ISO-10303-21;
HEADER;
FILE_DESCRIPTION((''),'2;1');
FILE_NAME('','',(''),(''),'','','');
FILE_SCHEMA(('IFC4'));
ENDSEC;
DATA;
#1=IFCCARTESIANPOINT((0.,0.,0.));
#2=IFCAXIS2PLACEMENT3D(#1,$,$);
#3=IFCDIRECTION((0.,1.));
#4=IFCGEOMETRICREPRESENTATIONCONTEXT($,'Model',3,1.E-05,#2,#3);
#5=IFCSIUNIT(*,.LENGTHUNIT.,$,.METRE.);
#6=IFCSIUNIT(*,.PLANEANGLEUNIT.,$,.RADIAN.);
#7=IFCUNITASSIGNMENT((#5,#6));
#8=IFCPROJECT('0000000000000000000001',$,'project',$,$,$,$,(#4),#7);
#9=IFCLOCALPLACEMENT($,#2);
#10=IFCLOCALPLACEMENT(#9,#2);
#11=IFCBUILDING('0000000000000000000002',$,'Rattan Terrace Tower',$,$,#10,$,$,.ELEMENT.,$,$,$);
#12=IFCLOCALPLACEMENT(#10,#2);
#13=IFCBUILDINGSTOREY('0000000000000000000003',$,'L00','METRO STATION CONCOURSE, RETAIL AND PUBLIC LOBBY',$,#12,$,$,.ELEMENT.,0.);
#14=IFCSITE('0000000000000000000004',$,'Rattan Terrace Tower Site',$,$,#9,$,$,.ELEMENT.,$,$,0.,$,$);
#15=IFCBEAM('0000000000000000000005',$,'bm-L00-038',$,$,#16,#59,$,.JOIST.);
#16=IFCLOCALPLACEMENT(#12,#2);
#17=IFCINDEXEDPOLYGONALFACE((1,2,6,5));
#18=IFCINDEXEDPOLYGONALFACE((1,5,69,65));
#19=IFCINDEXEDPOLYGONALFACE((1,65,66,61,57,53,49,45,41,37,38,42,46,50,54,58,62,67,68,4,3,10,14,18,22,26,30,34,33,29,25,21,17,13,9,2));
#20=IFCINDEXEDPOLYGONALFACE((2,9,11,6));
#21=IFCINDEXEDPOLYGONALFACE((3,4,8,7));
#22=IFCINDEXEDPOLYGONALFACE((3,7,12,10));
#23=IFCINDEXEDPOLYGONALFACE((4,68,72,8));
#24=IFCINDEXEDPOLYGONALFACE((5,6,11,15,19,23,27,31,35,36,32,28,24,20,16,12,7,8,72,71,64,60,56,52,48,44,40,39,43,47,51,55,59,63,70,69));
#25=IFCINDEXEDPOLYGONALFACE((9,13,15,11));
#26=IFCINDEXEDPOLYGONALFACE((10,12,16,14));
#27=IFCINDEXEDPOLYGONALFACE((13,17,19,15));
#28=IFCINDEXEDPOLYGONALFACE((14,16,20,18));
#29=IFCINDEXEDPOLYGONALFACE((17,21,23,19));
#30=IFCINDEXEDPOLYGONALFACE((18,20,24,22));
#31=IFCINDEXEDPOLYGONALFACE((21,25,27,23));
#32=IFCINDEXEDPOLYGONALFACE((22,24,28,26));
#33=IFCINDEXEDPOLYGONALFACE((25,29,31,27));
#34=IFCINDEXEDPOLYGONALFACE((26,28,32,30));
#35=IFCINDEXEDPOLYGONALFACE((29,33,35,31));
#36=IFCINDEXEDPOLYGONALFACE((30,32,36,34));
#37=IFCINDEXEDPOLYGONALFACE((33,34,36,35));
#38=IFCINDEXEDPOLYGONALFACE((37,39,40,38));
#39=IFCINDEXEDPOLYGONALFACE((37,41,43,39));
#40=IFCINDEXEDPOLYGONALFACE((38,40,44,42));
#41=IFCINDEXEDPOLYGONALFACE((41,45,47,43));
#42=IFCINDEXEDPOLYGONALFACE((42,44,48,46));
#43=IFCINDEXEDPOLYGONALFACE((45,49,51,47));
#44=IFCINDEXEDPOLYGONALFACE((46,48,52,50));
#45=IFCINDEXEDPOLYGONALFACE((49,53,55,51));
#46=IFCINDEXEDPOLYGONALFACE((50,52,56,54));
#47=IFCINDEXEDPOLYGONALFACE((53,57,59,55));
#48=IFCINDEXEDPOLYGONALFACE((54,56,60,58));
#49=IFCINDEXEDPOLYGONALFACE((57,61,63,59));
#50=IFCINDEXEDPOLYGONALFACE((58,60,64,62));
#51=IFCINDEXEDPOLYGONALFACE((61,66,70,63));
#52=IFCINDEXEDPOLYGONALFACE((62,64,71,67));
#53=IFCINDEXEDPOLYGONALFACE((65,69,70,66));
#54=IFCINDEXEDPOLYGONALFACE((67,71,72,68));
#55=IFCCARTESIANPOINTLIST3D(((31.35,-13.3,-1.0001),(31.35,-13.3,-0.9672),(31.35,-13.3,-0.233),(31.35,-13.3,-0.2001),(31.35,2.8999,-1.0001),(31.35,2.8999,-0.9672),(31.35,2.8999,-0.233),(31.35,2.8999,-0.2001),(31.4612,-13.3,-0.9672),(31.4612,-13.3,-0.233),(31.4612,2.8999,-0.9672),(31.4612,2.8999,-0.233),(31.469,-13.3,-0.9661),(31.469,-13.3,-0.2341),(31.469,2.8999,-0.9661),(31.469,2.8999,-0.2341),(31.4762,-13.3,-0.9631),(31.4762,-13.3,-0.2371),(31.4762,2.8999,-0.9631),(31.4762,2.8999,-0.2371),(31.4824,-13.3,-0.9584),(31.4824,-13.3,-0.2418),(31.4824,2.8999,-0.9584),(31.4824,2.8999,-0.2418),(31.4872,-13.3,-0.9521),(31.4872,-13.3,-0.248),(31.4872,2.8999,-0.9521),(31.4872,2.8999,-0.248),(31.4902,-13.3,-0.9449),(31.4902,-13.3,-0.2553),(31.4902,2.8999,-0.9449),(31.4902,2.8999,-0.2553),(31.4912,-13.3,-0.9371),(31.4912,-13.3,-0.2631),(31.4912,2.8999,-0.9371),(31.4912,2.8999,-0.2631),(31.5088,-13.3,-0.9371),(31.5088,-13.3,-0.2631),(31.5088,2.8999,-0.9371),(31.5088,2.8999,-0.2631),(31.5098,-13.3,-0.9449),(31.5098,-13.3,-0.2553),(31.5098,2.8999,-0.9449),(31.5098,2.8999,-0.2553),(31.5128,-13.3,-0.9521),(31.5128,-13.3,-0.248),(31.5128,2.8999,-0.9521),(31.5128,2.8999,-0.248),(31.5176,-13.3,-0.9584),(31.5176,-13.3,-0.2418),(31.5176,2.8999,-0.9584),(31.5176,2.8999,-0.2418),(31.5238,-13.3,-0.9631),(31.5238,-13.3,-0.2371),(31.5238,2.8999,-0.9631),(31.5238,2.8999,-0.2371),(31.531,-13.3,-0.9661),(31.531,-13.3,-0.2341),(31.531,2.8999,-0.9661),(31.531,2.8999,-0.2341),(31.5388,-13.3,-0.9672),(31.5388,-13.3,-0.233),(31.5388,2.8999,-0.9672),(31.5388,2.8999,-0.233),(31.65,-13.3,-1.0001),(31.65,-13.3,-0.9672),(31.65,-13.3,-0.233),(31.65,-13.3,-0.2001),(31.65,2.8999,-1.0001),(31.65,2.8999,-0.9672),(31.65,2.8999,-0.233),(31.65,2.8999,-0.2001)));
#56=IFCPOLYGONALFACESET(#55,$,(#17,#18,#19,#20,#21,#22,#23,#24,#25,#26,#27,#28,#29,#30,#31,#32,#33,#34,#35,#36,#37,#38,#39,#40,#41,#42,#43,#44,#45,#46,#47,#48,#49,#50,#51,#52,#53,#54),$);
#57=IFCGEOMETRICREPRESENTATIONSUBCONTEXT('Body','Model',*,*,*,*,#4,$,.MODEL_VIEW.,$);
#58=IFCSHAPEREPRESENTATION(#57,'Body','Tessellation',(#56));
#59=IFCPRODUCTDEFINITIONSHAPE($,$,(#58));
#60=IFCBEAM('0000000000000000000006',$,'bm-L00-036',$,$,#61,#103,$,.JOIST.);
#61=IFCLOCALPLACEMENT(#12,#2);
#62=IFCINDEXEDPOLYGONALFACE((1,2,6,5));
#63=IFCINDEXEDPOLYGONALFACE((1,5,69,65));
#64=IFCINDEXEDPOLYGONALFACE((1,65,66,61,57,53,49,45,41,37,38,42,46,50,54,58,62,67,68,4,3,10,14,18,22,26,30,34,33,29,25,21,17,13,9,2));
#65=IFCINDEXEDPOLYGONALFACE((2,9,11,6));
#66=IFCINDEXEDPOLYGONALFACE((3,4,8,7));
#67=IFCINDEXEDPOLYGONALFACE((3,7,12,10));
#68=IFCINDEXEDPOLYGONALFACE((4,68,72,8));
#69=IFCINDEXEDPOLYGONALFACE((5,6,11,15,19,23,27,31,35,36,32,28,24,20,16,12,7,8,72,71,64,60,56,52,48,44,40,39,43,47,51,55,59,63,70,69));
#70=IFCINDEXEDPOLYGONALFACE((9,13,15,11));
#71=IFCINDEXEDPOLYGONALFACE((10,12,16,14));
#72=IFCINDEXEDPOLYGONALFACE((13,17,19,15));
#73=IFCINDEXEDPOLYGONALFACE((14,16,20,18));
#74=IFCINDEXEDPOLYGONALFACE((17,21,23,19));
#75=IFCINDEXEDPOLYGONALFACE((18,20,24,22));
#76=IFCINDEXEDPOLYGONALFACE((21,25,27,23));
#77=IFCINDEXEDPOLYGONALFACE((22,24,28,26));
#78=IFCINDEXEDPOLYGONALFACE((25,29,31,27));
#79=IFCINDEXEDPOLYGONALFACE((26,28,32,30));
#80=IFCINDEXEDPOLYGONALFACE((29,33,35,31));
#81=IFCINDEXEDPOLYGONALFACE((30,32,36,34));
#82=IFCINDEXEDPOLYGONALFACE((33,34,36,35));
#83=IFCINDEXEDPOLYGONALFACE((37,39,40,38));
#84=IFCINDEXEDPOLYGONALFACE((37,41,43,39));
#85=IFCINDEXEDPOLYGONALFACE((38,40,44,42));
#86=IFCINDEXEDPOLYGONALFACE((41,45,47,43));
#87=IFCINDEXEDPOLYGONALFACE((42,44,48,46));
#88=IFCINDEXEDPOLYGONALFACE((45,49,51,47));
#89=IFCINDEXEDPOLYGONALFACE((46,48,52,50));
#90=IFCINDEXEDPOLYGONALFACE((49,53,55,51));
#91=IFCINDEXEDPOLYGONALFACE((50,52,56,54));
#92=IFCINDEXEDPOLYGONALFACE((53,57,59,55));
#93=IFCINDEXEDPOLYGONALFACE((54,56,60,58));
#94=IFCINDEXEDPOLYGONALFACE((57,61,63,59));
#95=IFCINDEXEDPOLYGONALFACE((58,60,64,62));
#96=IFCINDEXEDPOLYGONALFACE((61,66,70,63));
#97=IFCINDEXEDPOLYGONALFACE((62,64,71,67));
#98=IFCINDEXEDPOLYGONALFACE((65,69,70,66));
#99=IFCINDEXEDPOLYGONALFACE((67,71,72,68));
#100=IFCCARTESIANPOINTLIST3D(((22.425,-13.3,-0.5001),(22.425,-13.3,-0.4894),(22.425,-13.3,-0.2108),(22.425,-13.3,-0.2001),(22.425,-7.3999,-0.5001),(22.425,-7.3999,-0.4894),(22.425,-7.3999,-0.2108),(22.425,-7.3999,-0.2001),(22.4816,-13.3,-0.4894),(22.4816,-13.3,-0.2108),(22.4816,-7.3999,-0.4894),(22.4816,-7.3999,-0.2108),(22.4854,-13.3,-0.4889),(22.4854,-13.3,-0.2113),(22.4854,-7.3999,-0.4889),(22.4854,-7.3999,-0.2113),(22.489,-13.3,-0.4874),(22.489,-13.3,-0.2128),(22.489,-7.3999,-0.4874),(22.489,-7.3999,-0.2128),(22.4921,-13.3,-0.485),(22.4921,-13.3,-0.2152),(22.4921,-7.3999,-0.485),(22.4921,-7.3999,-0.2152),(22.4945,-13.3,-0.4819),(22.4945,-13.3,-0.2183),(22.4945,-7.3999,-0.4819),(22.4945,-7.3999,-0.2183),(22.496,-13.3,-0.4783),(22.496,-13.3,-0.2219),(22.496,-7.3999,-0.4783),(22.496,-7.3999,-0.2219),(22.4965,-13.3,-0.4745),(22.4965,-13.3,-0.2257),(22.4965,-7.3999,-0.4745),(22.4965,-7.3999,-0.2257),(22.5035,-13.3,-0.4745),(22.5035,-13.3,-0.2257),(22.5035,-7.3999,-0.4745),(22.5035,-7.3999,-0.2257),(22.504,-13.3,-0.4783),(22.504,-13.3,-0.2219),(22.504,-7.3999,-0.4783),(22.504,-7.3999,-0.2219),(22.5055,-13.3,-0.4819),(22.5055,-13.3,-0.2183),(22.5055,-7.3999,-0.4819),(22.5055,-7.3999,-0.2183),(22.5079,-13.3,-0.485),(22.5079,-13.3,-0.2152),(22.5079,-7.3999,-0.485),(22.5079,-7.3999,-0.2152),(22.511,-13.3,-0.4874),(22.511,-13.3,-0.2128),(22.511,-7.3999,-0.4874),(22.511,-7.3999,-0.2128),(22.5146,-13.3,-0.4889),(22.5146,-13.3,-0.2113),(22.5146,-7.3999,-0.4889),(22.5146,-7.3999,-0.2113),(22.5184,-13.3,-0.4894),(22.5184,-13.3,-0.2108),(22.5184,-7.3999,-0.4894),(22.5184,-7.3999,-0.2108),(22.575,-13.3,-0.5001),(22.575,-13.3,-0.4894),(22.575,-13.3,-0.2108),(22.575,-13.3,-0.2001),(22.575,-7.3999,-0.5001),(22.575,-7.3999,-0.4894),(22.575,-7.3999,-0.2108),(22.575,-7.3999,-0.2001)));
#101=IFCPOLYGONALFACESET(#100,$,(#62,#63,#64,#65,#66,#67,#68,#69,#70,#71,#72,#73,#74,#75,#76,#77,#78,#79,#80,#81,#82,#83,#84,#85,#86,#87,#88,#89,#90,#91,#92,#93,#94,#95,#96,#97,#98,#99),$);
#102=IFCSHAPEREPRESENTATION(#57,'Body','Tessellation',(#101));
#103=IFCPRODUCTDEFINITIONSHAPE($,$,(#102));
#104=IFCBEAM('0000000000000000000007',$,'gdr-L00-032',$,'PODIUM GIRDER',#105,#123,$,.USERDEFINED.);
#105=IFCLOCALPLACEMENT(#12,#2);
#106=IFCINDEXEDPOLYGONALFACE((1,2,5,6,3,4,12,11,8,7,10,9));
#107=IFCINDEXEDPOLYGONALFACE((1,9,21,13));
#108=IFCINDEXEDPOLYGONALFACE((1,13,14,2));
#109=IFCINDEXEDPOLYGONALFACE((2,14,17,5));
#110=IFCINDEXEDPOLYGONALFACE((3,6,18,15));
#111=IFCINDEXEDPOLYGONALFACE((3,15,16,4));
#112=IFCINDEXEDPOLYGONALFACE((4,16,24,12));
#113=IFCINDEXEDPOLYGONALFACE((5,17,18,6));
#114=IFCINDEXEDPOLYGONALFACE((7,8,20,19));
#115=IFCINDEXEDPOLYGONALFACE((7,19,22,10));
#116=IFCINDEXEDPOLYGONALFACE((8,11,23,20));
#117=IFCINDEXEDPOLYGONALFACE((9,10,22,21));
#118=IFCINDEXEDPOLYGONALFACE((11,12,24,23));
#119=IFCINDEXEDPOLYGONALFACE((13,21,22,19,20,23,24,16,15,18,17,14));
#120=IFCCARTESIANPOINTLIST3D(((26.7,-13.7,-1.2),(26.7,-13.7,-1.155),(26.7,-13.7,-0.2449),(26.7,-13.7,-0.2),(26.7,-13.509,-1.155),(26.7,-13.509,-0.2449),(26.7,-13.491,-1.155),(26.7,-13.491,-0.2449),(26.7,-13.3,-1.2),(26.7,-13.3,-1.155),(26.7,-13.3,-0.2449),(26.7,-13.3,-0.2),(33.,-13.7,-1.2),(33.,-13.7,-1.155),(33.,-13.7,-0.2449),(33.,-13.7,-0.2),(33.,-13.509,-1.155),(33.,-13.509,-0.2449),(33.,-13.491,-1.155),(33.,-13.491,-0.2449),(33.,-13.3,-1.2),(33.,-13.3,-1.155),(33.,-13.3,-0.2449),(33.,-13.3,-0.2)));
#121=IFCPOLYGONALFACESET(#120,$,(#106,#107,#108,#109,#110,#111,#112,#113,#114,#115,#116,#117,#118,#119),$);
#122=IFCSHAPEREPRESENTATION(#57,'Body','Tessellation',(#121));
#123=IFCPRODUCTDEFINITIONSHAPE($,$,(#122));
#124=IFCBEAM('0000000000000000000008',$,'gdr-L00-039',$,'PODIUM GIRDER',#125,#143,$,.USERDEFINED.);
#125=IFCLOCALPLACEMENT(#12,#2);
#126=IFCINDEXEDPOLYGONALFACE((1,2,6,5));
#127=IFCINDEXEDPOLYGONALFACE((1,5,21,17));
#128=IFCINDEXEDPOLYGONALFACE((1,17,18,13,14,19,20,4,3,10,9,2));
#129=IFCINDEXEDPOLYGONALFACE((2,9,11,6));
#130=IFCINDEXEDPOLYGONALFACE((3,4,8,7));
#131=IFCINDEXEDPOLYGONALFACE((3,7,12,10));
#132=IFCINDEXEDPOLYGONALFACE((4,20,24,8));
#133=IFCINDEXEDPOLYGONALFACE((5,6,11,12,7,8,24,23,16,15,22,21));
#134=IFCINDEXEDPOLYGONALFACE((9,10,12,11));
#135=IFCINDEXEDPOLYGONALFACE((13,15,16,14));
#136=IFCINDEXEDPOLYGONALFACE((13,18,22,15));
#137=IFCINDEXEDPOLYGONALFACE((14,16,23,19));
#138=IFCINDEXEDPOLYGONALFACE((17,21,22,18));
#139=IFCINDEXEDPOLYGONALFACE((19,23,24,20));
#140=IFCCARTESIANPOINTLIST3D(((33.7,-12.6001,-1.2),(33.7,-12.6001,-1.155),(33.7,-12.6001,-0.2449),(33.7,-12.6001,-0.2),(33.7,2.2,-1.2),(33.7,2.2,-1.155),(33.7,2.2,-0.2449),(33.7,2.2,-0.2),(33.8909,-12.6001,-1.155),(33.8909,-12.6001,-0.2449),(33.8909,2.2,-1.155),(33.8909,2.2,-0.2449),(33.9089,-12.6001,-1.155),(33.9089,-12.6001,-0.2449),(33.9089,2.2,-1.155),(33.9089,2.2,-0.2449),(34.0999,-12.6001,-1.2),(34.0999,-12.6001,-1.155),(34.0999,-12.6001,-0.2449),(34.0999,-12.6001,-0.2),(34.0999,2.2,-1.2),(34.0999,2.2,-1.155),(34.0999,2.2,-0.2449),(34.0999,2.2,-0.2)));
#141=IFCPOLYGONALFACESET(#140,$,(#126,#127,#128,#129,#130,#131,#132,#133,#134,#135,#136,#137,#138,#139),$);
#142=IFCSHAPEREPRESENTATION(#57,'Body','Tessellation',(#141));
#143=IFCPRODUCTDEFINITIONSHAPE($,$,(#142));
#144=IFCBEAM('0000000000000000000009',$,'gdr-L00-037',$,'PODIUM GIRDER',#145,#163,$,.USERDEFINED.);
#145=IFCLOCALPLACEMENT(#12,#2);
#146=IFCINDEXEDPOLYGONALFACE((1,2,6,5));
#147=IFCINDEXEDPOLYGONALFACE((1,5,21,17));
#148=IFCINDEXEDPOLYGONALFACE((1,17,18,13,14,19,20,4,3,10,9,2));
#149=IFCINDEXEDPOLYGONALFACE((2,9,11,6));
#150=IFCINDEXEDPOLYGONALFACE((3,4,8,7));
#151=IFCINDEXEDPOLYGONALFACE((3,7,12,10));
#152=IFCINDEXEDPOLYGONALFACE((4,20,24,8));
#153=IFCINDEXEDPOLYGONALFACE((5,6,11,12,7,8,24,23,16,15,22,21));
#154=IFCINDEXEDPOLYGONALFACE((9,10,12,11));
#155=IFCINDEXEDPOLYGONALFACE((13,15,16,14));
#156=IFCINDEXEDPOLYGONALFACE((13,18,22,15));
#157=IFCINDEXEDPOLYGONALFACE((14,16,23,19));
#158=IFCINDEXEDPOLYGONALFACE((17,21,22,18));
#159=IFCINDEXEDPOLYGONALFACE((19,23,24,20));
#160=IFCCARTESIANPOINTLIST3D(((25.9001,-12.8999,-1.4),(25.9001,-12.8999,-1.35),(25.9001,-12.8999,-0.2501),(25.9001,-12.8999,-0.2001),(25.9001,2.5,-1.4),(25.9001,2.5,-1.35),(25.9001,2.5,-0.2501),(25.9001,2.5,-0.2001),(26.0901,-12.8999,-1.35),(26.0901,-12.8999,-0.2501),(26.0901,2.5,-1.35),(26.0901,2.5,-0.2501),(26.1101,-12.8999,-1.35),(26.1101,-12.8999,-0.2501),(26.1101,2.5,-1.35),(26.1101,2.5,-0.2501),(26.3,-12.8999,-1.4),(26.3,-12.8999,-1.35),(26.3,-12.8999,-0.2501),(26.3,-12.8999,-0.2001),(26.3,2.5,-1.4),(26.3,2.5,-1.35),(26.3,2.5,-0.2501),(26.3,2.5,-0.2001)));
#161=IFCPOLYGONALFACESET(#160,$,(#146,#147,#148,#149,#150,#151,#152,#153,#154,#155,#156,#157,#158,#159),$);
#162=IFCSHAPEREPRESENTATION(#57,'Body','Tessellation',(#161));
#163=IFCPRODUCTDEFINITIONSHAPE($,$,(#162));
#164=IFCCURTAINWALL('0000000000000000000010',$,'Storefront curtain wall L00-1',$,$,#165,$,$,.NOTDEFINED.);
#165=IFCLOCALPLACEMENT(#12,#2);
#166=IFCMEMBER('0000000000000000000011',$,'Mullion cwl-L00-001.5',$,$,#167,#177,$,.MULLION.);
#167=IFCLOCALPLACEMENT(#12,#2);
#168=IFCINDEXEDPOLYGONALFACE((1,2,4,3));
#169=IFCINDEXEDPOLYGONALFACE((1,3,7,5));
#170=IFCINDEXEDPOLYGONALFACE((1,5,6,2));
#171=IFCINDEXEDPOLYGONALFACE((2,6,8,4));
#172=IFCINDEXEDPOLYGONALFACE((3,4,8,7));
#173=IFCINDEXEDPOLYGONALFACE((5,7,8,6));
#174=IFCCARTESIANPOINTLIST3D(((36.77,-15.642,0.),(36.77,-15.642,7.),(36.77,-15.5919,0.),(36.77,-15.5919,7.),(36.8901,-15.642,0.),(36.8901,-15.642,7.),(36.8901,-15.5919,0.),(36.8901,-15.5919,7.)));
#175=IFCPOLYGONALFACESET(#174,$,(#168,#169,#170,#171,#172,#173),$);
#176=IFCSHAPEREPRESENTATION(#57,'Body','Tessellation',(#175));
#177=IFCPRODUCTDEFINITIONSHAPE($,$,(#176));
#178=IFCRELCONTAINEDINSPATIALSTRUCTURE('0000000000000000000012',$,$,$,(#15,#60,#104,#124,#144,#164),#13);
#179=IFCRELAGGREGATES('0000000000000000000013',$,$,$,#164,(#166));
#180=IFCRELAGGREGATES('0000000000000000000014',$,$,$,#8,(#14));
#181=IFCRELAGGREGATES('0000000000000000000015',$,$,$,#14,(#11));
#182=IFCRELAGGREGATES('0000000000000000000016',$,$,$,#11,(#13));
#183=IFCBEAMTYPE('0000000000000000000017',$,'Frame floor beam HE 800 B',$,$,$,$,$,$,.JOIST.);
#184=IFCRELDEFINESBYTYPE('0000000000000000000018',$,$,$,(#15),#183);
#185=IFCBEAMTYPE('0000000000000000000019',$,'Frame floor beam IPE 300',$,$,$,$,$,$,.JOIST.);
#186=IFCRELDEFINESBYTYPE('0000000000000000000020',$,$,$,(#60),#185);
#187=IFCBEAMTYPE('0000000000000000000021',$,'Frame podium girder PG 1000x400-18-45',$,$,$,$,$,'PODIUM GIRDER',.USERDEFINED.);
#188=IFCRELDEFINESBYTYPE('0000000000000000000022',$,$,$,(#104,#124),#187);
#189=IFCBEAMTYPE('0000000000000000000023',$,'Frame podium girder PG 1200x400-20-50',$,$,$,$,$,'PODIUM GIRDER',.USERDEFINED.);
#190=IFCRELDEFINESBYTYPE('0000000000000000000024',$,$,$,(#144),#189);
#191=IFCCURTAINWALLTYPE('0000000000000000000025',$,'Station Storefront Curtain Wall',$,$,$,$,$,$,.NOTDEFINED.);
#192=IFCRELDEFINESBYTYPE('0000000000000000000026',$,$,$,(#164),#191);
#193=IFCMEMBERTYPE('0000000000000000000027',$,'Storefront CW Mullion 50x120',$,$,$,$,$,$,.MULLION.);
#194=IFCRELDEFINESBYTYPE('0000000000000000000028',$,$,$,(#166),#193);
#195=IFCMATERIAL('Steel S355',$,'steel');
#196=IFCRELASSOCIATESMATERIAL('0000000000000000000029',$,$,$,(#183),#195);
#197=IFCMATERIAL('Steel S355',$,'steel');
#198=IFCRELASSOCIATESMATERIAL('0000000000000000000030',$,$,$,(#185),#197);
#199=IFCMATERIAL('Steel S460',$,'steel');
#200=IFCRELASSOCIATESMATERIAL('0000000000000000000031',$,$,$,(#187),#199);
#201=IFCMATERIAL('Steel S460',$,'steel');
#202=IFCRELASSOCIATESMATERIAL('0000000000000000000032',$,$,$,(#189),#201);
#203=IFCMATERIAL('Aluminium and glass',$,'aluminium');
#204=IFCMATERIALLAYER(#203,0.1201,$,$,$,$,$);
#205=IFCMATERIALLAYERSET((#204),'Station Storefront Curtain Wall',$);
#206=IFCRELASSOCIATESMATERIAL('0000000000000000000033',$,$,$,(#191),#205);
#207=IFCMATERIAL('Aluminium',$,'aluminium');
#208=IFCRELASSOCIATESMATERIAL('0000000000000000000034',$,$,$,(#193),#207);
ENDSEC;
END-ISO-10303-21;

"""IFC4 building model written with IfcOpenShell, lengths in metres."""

from ifc_helpers import new_model, si_unit, direction, frame, origin, origin_2d, place, context, subcontext, project, spatial, rectangle, i_section, extrude, material, layer, layer_set, material_profile, profile_set, type_object, element, aggregate, save


model = new_model("IFC4")

# Units and contexts
model_context = context("Model", 3, precision=1e-05, world=origin(), true_north=direction((0.0, 1.0)))
body_context = subcontext(model_context, "Body", "Model", "MODEL_VIEW")
ifc_project = project(units=[si_unit("LENGTHUNIT", "METRE"), si_unit("PLANEANGLEUNIT", "RADIAN")], contexts=[model_context])

# Site, building, storey
site_placement = place(None, origin())
site = spatial("IfcSite", under=ifc_project, at=site_placement, Name="Rattan Terrace Tower Site", CompositionType="ELEMENT", RefElevation=0.0)
building_placement = place(site_placement, origin())
building = spatial("IfcBuilding", under=site, at=building_placement, Name="Rattan Terrace Tower", CompositionType="ELEMENT")
storey_placement = place(building_placement, origin())
storey = spatial("IfcBuildingStorey", under=building, at=storey_placement, Name="L00", Description="METRO STATION CONCOURSE, RETAIL AND PUBLIC LOBBY", CompositionType="ELEMENT", Elevation=0.0)

# Beams
ifc_material_1 = material(Name="Steel S355", Category="steel")
ifc_material_profile_1 = material_profile(ifc_material_1, i_section(OverallWidth=0.3, OverallDepth=0.8, WebThickness=0.0176, FlangeThickness=0.033, FilletRadius=0.03, at=origin_2d()), Name="HE 800 B")
ifc_profile_set_1 = profile_set([ifc_material_profile_1], Name="Steel S355")
beam_type_1 = type_object("IfcBeamType", Name="Frame floor beam HE 800 B", PredefinedType="JOIST", material=ifc_profile_set_1)
for number, where, z_axis, x_axis, name in (
    (1, (31.5, -13.3, -0.6001), (0.0, 1.0, 0.0), (-1.0, 0.0, 0.0), "bm-L00-038"),
):
    element("IfcBeam", number, at=place(storey_placement, frame(where, z_axis=z_axis, x_axis=x_axis)), inside=storey, type_object=beam_type_1, Name=name, PredefinedType="JOIST", context=body_context, shape_type="SweptSolid", body=[
        extrude(i_section(OverallWidth=0.3, OverallDepth=0.8, WebThickness=0.0176, FlangeThickness=0.033, FilletRadius=0.03, at=origin_2d()), origin(), (0.0, 0.0, 1.0), 16.2),
    ])
ifc_material_2 = material(Name="Steel S355", Category="steel")
ifc_material_profile_2 = material_profile(ifc_material_2, i_section(OverallWidth=0.1499, OverallDepth=0.3, WebThickness=0.0071, FlangeThickness=0.0107, FilletRadius=0.0149, at=origin_2d()), Name="IPE 300")
ifc_profile_set_2 = profile_set([ifc_material_profile_2], Name="Steel S355")
beam_type_2 = type_object("IfcBeamType", Name="Frame floor beam IPE 300", PredefinedType="JOIST", material=ifc_profile_set_2)
beam_1_placement = place(storey_placement, frame((22.5, -13.3, -0.3501), z_axis=(0.0, 1.0, 0.0), x_axis=(-1.0, 0.0, 0.0)))
element("IfcBeam", 2, at=beam_1_placement, inside=storey, type_object=beam_type_2, Name="bm-L00-036", PredefinedType="JOIST", context=body_context, shape_type="SweptSolid", body=[
    extrude(i_section(OverallWidth=0.1499, OverallDepth=0.3, WebThickness=0.0071, FlangeThickness=0.0107, FilletRadius=0.0149, at=origin_2d()), origin(), (0.0, 0.0, 1.0), 5.9001),
])
ifc_material_3 = material(Name="Steel S460", Category="steel")
ifc_material_profile_3 = material_profile(ifc_material_3, i_section(OverallWidth=0.3999, OverallDepth=1.0, WebThickness=0.0181, FlangeThickness=0.0449, at=origin_2d()), Name="PG 1000x400-18-45")
ifc_profile_set_3 = profile_set([ifc_material_profile_3], Name="Steel S460")
beam_type_3 = type_object("IfcBeamType", Name="Frame podium girder PG 1000x400-18-45", ElementType="PODIUM GIRDER", PredefinedType="USERDEFINED", material=ifc_profile_set_3)
beam_2_placement = place(storey_placement, frame((26.7, -13.5, -0.7), z_axis=(1.0, 0.0, 0.0), x_axis=(0.0, 1.0, 0.0)))
element("IfcBeam", 3, at=beam_2_placement, inside=storey, type_object=beam_type_3, Name="gdr-L00-032", ObjectType="PODIUM GIRDER", PredefinedType="USERDEFINED", context=body_context, shape_type="SweptSolid", body=[
    extrude(i_section(OverallWidth=0.3999, OverallDepth=1.0, WebThickness=0.0181, FlangeThickness=0.0449, at=origin_2d()), origin(), (0.0, 0.0, 1.0), 6.3),
])
beam_3_placement = place(storey_placement, frame((33.8999, -12.6001, -0.7), z_axis=(0.0, 1.0, 0.0), x_axis=(-1.0, 0.0, 0.0)))
element("IfcBeam", 4, at=beam_3_placement, inside=storey, type_object=beam_type_3, Name="gdr-L00-039", ObjectType="PODIUM GIRDER", PredefinedType="USERDEFINED", context=body_context, shape_type="SweptSolid", body=[
    extrude(i_section(OverallWidth=0.3999, OverallDepth=1.0, WebThickness=0.0181, FlangeThickness=0.0449, at=origin_2d()), origin(), (0.0, 0.0, 1.0), 14.8),
])
ifc_material_4 = material(Name="Steel S460", Category="steel")
ifc_material_profile_4 = material_profile(ifc_material_4, i_section(OverallWidth=0.3999, OverallDepth=1.2, WebThickness=0.02, FlangeThickness=0.05, at=origin_2d()), Name="PG 1200x400-20-50")
ifc_profile_set_4 = profile_set([ifc_material_profile_4], Name="Steel S460")
beam_type_4 = type_object("IfcBeamType", Name="Frame podium girder PG 1200x400-20-50", ElementType="PODIUM GIRDER", PredefinedType="USERDEFINED", material=ifc_profile_set_4)
beam_4_placement = place(storey_placement, frame((26.1001, -12.8999, -0.8), z_axis=(0.0, 1.0, 0.0), x_axis=(-1.0, 0.0, 0.0)))
element("IfcBeam", 5, at=beam_4_placement, inside=storey, type_object=beam_type_4, Name="gdr-L00-037", ObjectType="PODIUM GIRDER", PredefinedType="USERDEFINED", context=body_context, shape_type="SweptSolid", body=[
    extrude(i_section(OverallWidth=0.3999, OverallDepth=1.2, WebThickness=0.02, FlangeThickness=0.05, at=origin_2d()), origin(), (0.0, 0.0, 1.0), 15.3999),
])

# Curtain wall, member
ifc_material_5 = material(Name="Aluminium and glass", Category="aluminium")
ifc_layer_1 = layer(ifc_material_5, 0.1201)
ifc_layer_set_1 = layer_set([ifc_layer_1], Name="Station Storefront Curtain Wall")
curtain_wall_type = type_object("IfcCurtainWallType", Name="Station Storefront Curtain Wall", PredefinedType="NOTDEFINED", material=ifc_layer_set_1)
curtain_wall_placement = place(storey_placement, origin())
curtain_wall = element("IfcCurtainWall", 6, at=curtain_wall_placement, inside=storey, type_object=curtain_wall_type, Name="Storefront curtain wall L00-1", PredefinedType="NOTDEFINED")
ifc_material_6 = material(Name="Aluminium", Category="aluminium")
ifc_material_profile_5 = material_profile(ifc_material_6, rectangle(XDim=0.05, YDim=0.1201, at=origin_2d()), Name="Aluminium 50x120")
ifc_profile_set_5 = profile_set([ifc_material_profile_5], Name="Aluminium")
member_type = type_object("IfcMemberType", Name="Storefront CW Mullion 50x120", PredefinedType="MULLION", material=ifc_profile_set_5)
member_placement = place(storey_placement, frame((36.8301, -15.6169, 0.0), z_axis=(0.0, 0.0, 1.0), x_axis=(0.0, 1.0, 0.0)))
member = element("IfcMember", 7, at=member_placement, type_object=member_type, Name="Mullion cwl-L00-001.5", PredefinedType="MULLION", context=body_context, shape_type="SweptSolid", body=[
    extrude(rectangle(XDim=0.05, YDim=0.1201, at=origin_2d()), origin(), (0.0, 0.0, 1.0), 7.0),
])
aggregate(curtain_wall, [member])

save(model, "model.ifc")
